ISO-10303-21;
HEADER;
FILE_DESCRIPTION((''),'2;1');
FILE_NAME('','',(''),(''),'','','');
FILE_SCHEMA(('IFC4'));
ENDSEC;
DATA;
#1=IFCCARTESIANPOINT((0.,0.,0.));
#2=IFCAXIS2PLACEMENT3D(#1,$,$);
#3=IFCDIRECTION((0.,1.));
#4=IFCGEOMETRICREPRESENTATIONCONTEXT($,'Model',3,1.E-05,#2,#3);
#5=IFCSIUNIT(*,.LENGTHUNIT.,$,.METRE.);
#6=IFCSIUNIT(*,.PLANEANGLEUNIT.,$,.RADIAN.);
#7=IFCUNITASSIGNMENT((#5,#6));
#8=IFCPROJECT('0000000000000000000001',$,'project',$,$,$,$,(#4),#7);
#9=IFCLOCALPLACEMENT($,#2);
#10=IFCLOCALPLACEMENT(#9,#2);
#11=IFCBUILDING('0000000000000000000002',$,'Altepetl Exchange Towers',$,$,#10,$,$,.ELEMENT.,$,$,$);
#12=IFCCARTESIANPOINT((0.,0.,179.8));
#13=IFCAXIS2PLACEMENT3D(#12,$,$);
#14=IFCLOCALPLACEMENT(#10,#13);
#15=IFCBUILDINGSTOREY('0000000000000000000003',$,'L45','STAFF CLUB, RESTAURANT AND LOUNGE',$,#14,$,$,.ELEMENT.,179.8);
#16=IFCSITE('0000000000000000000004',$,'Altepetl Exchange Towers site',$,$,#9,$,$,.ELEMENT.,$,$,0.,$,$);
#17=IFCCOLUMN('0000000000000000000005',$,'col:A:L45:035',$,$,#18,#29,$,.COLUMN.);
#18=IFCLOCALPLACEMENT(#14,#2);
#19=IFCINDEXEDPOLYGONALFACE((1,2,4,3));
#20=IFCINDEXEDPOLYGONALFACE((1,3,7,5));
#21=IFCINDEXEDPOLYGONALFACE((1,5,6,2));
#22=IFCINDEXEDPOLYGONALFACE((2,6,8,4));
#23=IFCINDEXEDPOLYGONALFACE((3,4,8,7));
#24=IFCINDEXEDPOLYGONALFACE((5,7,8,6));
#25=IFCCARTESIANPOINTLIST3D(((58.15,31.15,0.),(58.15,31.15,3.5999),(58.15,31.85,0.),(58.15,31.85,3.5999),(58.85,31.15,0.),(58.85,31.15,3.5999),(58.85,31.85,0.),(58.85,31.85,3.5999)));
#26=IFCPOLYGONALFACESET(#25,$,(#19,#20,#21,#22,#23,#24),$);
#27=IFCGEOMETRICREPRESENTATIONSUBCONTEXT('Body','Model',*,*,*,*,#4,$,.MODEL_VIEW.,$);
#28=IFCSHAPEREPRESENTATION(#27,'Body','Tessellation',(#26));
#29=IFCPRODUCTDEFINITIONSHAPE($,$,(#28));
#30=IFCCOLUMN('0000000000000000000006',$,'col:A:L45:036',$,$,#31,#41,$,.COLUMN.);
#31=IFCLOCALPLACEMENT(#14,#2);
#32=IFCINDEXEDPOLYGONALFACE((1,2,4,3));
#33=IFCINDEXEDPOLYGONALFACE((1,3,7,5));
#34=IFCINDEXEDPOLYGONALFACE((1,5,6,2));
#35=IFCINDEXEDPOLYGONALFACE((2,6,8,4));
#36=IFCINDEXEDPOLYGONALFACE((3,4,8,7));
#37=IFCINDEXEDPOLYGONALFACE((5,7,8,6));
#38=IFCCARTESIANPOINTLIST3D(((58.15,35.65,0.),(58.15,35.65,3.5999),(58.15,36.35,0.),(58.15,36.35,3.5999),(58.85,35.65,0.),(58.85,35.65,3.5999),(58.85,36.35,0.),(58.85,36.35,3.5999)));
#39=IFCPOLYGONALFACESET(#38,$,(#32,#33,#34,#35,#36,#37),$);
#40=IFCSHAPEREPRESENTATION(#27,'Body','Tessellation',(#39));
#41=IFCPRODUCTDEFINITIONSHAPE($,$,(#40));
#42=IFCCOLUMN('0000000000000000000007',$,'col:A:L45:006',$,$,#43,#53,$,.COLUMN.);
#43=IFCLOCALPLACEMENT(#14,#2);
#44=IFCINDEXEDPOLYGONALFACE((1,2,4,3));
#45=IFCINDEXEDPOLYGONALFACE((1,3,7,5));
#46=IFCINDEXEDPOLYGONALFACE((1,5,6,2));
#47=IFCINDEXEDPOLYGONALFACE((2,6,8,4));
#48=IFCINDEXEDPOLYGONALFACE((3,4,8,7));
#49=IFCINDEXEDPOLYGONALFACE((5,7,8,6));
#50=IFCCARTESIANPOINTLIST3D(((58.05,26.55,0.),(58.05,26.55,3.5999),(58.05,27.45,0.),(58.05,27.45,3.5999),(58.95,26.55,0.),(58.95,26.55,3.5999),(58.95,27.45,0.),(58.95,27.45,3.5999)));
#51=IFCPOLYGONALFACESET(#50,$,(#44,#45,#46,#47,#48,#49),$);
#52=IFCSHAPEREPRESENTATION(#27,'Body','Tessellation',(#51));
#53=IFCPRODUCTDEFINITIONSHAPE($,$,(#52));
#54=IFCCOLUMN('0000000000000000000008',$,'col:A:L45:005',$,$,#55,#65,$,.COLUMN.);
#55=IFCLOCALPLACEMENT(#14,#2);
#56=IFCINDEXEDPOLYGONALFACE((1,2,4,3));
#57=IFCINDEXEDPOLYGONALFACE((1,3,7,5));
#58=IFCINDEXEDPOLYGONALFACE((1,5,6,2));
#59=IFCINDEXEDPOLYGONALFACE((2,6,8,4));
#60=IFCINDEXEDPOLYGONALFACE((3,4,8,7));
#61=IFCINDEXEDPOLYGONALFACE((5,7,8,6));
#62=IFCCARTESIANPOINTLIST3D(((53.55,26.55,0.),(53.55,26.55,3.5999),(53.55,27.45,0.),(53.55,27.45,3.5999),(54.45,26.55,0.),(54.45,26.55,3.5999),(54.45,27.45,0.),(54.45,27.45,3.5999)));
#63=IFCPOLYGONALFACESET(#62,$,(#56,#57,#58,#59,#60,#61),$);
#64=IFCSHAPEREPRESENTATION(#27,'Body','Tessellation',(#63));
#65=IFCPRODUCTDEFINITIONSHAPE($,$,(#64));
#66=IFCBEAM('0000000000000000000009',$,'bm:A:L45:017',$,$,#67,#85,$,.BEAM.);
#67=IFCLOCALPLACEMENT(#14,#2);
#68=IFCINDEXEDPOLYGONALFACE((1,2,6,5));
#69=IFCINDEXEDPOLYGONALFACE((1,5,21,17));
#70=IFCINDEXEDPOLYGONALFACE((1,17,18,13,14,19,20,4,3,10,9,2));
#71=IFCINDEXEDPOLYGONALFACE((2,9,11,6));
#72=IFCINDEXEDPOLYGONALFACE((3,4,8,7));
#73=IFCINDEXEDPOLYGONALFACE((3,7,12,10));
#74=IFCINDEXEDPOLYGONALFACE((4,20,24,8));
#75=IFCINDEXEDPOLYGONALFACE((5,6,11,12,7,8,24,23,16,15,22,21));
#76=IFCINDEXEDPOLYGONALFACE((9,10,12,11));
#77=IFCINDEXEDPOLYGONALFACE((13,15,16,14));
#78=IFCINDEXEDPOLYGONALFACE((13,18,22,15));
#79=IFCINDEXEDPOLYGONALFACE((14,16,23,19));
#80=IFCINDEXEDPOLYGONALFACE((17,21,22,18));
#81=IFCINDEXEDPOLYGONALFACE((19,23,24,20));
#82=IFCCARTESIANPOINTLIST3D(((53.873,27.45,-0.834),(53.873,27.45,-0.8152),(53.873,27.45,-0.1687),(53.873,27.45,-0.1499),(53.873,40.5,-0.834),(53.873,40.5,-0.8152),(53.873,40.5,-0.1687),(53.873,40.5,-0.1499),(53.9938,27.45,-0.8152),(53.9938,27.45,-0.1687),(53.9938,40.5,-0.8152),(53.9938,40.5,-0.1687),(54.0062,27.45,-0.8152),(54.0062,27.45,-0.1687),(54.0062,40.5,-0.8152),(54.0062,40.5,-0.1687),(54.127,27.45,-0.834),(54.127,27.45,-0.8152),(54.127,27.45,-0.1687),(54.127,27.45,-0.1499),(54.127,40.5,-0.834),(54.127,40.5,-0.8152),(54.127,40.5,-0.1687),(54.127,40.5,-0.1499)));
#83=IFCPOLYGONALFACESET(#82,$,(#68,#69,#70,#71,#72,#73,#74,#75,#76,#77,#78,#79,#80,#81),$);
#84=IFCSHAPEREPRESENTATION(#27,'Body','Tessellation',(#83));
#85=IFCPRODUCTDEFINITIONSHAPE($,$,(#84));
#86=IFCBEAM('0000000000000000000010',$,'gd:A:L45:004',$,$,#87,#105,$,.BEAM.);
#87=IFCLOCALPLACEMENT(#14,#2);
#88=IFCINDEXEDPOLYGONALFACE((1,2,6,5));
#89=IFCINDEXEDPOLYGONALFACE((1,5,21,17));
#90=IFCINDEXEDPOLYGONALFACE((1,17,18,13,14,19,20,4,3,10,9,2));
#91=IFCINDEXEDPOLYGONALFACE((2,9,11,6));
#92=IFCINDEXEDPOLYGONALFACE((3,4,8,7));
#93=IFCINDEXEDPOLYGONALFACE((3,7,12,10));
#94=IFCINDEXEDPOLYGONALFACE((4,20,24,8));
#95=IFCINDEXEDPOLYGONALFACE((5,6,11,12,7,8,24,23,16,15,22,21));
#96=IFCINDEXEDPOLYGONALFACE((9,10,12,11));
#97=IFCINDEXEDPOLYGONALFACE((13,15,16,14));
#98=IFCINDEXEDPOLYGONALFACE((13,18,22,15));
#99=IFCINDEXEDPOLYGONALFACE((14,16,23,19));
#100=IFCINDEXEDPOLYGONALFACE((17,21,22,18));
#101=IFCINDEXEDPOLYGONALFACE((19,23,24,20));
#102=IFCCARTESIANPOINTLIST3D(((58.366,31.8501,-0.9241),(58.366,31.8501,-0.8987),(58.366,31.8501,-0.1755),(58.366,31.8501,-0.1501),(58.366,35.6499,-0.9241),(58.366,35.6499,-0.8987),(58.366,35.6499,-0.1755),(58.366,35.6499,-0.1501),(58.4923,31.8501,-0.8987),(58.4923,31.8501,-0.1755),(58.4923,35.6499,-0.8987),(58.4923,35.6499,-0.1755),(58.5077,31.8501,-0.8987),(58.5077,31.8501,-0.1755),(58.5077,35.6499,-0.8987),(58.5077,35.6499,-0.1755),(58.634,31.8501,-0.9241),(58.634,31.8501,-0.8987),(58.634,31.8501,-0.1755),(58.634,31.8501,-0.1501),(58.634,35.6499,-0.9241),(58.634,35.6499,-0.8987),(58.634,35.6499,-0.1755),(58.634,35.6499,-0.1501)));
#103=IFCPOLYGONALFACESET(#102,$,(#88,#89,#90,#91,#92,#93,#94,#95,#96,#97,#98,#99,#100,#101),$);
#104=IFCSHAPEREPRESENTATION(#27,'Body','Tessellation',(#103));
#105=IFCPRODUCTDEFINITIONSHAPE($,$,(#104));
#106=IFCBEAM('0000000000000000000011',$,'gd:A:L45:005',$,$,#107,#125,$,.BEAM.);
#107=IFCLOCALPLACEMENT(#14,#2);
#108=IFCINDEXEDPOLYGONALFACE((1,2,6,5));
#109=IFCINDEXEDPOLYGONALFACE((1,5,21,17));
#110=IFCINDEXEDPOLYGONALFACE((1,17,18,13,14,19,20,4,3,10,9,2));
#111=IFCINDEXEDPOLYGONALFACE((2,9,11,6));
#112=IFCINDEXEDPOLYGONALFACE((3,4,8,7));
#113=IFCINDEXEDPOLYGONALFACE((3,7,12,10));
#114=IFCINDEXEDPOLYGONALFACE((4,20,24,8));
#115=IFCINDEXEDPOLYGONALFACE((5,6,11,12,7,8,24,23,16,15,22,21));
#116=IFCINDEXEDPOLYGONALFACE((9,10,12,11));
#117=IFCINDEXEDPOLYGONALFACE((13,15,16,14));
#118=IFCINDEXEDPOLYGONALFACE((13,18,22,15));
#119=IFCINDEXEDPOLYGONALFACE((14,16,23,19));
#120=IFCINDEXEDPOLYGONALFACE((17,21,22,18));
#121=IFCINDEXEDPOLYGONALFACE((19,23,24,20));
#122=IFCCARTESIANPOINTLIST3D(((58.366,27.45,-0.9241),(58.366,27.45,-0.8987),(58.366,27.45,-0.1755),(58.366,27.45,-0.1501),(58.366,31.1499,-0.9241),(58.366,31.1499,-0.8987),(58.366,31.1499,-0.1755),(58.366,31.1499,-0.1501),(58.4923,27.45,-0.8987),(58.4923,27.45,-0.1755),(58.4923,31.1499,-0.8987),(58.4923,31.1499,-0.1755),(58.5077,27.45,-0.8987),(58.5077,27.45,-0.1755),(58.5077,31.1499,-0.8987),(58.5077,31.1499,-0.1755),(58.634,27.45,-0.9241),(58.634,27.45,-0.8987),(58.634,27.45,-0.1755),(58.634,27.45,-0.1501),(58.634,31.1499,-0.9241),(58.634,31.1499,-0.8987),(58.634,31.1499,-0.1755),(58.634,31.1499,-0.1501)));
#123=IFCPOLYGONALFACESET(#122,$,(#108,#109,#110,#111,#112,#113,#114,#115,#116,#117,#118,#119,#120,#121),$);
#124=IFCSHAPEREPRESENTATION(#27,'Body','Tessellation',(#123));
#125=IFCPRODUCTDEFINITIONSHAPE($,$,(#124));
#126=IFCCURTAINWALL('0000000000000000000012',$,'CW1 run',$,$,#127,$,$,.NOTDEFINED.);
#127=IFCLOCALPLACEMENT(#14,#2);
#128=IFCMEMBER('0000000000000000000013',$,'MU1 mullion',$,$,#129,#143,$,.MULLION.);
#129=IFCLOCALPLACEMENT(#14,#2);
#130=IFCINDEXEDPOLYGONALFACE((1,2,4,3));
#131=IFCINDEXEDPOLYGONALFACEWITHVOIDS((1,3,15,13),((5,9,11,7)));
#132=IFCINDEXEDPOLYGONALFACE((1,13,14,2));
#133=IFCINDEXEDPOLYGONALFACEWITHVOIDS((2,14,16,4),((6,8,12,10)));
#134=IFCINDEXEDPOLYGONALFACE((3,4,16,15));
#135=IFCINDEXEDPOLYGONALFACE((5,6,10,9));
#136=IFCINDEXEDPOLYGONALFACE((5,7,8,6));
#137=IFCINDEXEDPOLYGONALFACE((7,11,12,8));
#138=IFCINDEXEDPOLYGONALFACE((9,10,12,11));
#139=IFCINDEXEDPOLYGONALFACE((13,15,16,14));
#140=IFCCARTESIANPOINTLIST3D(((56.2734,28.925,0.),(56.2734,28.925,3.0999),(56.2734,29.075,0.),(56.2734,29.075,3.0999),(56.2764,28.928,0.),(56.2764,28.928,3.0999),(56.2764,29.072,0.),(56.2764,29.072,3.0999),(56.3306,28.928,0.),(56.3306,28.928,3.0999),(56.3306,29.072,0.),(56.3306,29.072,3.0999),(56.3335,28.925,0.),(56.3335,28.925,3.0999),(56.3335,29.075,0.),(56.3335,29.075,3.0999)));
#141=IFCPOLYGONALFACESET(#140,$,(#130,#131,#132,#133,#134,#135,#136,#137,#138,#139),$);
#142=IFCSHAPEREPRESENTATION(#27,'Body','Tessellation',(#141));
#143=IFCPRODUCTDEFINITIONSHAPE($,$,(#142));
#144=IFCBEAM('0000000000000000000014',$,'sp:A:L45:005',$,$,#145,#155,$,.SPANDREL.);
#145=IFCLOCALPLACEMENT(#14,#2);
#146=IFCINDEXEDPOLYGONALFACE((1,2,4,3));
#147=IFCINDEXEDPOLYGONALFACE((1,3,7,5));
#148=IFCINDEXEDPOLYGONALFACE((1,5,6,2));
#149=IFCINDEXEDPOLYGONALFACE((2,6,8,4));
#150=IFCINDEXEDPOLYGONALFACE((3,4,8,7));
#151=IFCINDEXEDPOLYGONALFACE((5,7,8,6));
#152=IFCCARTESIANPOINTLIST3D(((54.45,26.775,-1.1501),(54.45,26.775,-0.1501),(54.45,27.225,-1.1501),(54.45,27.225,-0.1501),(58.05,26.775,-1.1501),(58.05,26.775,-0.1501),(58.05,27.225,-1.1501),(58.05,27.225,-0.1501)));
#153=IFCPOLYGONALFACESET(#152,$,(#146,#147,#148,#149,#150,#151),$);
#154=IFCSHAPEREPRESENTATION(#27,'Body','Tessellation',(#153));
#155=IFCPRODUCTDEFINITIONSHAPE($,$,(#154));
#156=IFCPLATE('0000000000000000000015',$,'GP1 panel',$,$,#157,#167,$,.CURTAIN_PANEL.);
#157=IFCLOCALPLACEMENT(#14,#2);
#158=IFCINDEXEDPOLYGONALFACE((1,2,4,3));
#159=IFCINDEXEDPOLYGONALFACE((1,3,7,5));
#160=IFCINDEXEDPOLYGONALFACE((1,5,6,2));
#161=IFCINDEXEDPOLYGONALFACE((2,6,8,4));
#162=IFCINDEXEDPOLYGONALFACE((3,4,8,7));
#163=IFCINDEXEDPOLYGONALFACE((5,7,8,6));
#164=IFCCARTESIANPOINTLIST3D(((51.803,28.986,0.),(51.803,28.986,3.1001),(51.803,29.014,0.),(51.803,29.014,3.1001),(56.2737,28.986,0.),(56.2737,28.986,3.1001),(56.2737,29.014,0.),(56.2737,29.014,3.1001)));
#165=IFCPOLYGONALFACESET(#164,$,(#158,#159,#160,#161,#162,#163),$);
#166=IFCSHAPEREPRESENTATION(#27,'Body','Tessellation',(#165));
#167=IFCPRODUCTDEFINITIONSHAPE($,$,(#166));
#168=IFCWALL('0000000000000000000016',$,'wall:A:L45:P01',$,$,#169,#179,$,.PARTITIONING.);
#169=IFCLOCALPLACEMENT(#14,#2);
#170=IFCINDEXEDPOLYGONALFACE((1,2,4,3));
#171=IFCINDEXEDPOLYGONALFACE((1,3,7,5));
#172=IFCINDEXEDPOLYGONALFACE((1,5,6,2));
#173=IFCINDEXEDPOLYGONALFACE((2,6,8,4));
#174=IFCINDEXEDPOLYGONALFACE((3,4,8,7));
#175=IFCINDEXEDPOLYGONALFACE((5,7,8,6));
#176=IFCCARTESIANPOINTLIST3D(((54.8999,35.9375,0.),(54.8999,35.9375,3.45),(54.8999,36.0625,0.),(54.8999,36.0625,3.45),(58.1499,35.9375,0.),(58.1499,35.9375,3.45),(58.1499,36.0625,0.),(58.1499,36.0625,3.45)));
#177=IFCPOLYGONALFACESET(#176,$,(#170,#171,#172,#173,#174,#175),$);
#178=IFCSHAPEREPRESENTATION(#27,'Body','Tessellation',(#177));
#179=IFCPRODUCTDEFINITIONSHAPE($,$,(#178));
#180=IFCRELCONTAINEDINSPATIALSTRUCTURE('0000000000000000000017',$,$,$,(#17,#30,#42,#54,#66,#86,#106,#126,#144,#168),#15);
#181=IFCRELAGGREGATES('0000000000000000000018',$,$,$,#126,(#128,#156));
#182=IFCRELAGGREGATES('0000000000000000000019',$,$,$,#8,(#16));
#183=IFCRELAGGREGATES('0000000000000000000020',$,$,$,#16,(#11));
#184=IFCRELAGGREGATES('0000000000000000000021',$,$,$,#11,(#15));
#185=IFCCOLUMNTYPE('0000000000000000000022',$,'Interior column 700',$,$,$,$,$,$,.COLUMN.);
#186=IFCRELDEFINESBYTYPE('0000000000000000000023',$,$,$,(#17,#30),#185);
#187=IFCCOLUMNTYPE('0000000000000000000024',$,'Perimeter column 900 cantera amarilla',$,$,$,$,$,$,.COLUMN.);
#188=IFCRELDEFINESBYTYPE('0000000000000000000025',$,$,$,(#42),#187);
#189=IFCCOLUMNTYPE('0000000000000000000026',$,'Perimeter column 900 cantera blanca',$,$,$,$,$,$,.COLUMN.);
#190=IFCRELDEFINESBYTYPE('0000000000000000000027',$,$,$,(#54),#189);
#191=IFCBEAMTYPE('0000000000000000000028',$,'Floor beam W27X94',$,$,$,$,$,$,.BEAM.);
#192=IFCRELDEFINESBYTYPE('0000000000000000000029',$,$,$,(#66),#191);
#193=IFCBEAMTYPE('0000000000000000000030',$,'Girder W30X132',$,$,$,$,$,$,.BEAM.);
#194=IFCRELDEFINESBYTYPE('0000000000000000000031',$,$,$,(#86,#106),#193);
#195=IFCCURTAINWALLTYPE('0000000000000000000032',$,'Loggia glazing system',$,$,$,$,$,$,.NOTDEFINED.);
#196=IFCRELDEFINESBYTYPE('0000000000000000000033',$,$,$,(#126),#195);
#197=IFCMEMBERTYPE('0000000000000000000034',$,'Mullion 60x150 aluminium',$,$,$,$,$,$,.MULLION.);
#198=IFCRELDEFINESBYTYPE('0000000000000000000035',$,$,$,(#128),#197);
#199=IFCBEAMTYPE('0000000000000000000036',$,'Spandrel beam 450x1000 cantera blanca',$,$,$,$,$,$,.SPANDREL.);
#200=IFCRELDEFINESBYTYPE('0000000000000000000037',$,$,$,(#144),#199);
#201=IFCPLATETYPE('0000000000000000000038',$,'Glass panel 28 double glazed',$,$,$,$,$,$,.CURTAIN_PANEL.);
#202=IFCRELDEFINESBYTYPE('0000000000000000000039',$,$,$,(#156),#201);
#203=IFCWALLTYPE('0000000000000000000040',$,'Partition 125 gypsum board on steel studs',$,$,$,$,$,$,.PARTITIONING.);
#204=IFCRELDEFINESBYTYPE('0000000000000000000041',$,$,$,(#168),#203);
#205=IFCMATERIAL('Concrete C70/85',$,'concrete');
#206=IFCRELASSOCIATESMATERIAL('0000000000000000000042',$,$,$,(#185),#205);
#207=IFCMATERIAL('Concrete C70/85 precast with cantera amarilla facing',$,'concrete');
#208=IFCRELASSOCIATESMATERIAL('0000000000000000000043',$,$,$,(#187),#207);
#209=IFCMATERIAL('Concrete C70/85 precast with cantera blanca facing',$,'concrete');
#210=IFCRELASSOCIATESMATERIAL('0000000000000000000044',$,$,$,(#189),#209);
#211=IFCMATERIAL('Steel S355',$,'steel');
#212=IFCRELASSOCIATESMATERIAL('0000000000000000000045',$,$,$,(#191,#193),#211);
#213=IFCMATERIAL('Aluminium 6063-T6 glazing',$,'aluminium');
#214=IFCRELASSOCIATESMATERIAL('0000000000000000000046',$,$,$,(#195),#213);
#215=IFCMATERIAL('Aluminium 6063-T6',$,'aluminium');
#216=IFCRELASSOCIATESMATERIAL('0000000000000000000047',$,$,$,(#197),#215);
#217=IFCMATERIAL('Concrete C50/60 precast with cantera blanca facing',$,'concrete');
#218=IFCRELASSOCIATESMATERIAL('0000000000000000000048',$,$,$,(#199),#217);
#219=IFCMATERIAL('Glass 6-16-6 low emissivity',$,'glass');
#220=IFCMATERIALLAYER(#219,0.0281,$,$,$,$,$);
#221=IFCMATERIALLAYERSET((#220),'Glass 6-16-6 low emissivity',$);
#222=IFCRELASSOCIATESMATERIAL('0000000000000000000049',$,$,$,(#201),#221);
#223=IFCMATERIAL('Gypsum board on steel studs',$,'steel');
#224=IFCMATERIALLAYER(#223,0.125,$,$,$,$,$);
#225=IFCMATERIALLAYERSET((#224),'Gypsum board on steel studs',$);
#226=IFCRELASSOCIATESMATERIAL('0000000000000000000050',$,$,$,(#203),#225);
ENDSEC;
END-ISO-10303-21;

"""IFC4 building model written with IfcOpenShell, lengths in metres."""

from ifc_helpers import new_model, si_unit, direction, frame, frame_2d, origin, origin_2d, place, context, subcontext, project, spatial, rectangle, hollow_rectangle, i_section, extrude, material, layer, layer_set, material_profile, profile_set, type_object, element, aggregate, save


model = new_model("IFC4")

# Units and contexts
model_context = context("Model", 3, precision=1e-05, world=origin(), true_north=direction((0.0, 1.0)))
body_context = subcontext(model_context, "Body", "Model", "MODEL_VIEW")
ifc_project = project(units=[si_unit("LENGTHUNIT", "METRE"), si_unit("PLANEANGLEUNIT", "RADIAN")], contexts=[model_context])

# Site, building, storey
site_placement = place(None, origin())
site = spatial("IfcSite", under=ifc_project, at=site_placement, Name="Altepetl Exchange Towers site", CompositionType="ELEMENT", RefElevation=0.0)
building_placement = place(site_placement, origin())
building = spatial("IfcBuilding", under=site, at=building_placement, Name="Altepetl Exchange Towers", CompositionType="ELEMENT")
storey_placement = place(building_placement, frame((0.0, 0.0, 179.8)))
storey = spatial("IfcBuildingStorey", under=building, at=storey_placement, Name="L45", Description="STAFF CLUB, RESTAURANT AND LOUNGE", CompositionType="ELEMENT", Elevation=179.8)

# Columns
ifc_material_1 = material(Name="Concrete C70/85", Category="concrete")
ifc_material_profile_1 = material_profile(ifc_material_1, rectangle(XDim=0.7, YDim=0.7, at=origin_2d()), Name="700 x 700")
ifc_profile_set_1 = profile_set([ifc_material_profile_1], Name="Concrete C70/85")
column_type_1 = type_object("IfcColumnType", Name="Interior column 700", PredefinedType="COLUMN", material=ifc_profile_set_1)
for number, where, name in (
    (1, (58.5, 31.5, 0.0), "col:A:L45:035"),
    (2, (58.5, 36.0, 0.0), "col:A:L45:036"),
):
    element("IfcColumn", number, at=place(storey_placement, frame(where)), inside=storey, type_object=column_type_1, Name=name, PredefinedType="COLUMN", context=body_context, shape_type="SweptSolid", body=[
        extrude(rectangle(XDim=0.7, YDim=0.7, at=origin_2d()), origin(), (0.0, 0.0, 1.0), 3.5999),
    ])
ifc_material_2 = material(Name="Concrete C70/85 precast with cantera amarilla facing", Category="concrete")
ifc_material_profile_2 = material_profile(ifc_material_2, rectangle(XDim=0.8999, YDim=0.8999, at=origin_2d()), Name="900 x 900")
ifc_profile_set_2 = profile_set([ifc_material_profile_2], Name="Concrete C70/85 precast with cantera amarilla facing")
column_type_2 = type_object("IfcColumnType", Name="Perimeter column 900 cantera amarilla", PredefinedType="COLUMN", material=ifc_profile_set_2)
column_1_placement = place(storey_placement, frame((58.5, 27.0, 0.0)))
element("IfcColumn", 3, at=column_1_placement, inside=storey, type_object=column_type_2, Name="col:A:L45:006", PredefinedType="COLUMN", context=body_context, shape_type="SweptSolid", body=[
    extrude(rectangle(XDim=0.8999, YDim=0.8999, at=origin_2d()), origin(), (0.0, 0.0, 1.0), 3.5999),
])
ifc_material_3 = material(Name="Concrete C70/85 precast with cantera blanca facing", Category="concrete")
ifc_material_profile_3 = material_profile(ifc_material_3, rectangle(XDim=0.8999, YDim=0.8999, at=origin_2d()), Name="900 x 900")
ifc_profile_set_3 = profile_set([ifc_material_profile_3], Name="Concrete C70/85 precast with cantera blanca facing")
column_type_3 = type_object("IfcColumnType", Name="Perimeter column 900 cantera blanca", PredefinedType="COLUMN", material=ifc_profile_set_3)
column_2_placement = place(storey_placement, frame((54.0, 27.0, 0.0)))
element("IfcColumn", 4, at=column_2_placement, inside=storey, type_object=column_type_3, Name="col:A:L45:005", PredefinedType="COLUMN", context=body_context, shape_type="SweptSolid", body=[
    extrude(rectangle(XDim=0.8999, YDim=0.8999, at=origin_2d()), origin(), (0.0, 0.0, 1.0), 3.5999),
])

# Beams
ifc_material_4 = material(Name="Steel S355", Category="steel")
ifc_material_profile_4 = material_profile(ifc_material_4, i_section(OverallWidth=0.2539, OverallDepth=0.6841, WebThickness=0.0125, FlangeThickness=0.0188, at=origin_2d()), Name="W27X94")
ifc_profile_set_4 = profile_set([ifc_material_profile_4], Name="Steel S355")
beam_type_1 = type_object("IfcBeamType", Name="Floor beam W27X94", PredefinedType="BEAM", material=ifc_profile_set_4)
beam_1_placement = place(storey_placement, frame((54.0, 27.45, -0.4919), z_axis=(0.0, 1.0, 0.0), x_axis=(-1.0, 0.0, 0.0)))
element("IfcBeam", 5, at=beam_1_placement, inside=storey, type_object=beam_type_1, Name="bm:A:L45:017", PredefinedType="BEAM", context=body_context, shape_type="SweptSolid", body=[
    extrude(i_section(OverallWidth=0.2539, OverallDepth=0.6841, WebThickness=0.0125, FlangeThickness=0.0188, at=origin_2d()), origin(), (0.0, 0.0, 1.0), 13.05),
])
ifc_material_profile_5 = material_profile(ifc_material_4, i_section(OverallWidth=0.2681, OverallDepth=0.7739, WebThickness=0.0154, FlangeThickness=0.0254, at=origin_2d()), Name="W30X132")
ifc_profile_set_5 = profile_set([ifc_material_profile_5], Name="Steel S355")
beam_type_2 = type_object("IfcBeamType", Name="Girder W30X132", PredefinedType="BEAM", material=ifc_profile_set_5)
beam_2_placement = place(storey_placement, frame((58.5, 35.6499, -0.5371), z_axis=(0.0, -1.0, 0.0), x_axis=(1.0, 0.0, 0.0)))
element("IfcBeam", 6, at=beam_2_placement, inside=storey, type_object=beam_type_2, Name="gd:A:L45:004", PredefinedType="BEAM", context=body_context, shape_type="SweptSolid", body=[
    extrude(i_section(OverallWidth=0.2681, OverallDepth=0.7739, WebThickness=0.0154, FlangeThickness=0.0254, at=origin_2d()), origin(), (0.0, 0.0, 1.0), 3.7998),
])
beam_3_placement = place(storey_placement, frame((58.5, 31.1499, -0.5371), z_axis=(0.0, -1.0, 0.0), x_axis=(1.0, 0.0, 0.0)))
element("IfcBeam", 7, at=beam_3_placement, inside=storey, type_object=beam_type_2, Name="gd:A:L45:005", PredefinedType="BEAM", context=body_context, shape_type="SweptSolid", body=[
    extrude(i_section(OverallWidth=0.2681, OverallDepth=0.7739, WebThickness=0.0154, FlangeThickness=0.0254, at=origin_2d()), origin(), (0.0, 0.0, 1.0), 3.7),
])

# Curtain wall, member
ifc_material_5 = material(Name="Aluminium 6063-T6 glazing", Category="aluminium")
curtain_wall_type = type_object("IfcCurtainWallType", Name="Loggia glazing system", PredefinedType="NOTDEFINED", material=ifc_material_5)
curtain_wall_placement = place(storey_placement, origin())
curtain_wall = element("IfcCurtainWall", 8, at=curtain_wall_placement, inside=storey, type_object=curtain_wall_type, Name="CW1 run", PredefinedType="NOTDEFINED")
ifc_material_6 = material(Name="Aluminium 6063-T6", Category="aluminium")
ifc_material_profile_6 = material_profile(ifc_material_6, hollow_rectangle(XDim=0.0601, YDim=0.1499, WallThickness=0.0029, at=origin_2d()), Name="Mullion 60x150 aluminium")
ifc_profile_set_6 = profile_set([ifc_material_profile_6], Name="Aluminium 6063-T6")
member_type = type_object("IfcMemberType", Name="Mullion 60x150 aluminium", PredefinedType="MULLION", material=ifc_profile_set_6)
member_placement = place(storey_placement, frame((56.3035, 29.0, 0.0)))
member = element("IfcMember", 9, at=member_placement, type_object=member_type, Name="MU1 mullion", PredefinedType="MULLION", context=body_context, shape_type="SweptSolid", body=[
    extrude(hollow_rectangle(XDim=0.0601, YDim=0.1499, WallThickness=0.0029, at=origin_2d()), origin(), (0.0, 0.0, 1.0), 3.0999),
])

# Beam
ifc_material_7 = material(Name="Concrete C50/60 precast with cantera blanca facing", Category="concrete")
ifc_material_profile_7 = material_profile(ifc_material_7, rectangle(XDim=0.45, YDim=1.0, at=origin_2d()), Name="450 x 1000")
ifc_profile_set_7 = profile_set([ifc_material_profile_7], Name="Concrete C50/60 precast with cantera blanca facing")
beam_type_3 = type_object("IfcBeamType", Name="Spandrel beam 450x1000 cantera blanca", PredefinedType="SPANDREL", material=ifc_profile_set_7)
beam_4_placement = place(storey_placement, frame((54.45, 27.0, -0.6501), z_axis=(1.0, 0.0, 0.0), x_axis=(0.0, 1.0, 0.0)))
element("IfcBeam", 10, at=beam_4_placement, inside=storey, type_object=beam_type_3, Name="sp:A:L45:005", PredefinedType="SPANDREL", context=body_context, shape_type="SweptSolid", body=[
    extrude(rectangle(XDim=0.45, YDim=1.0, at=origin_2d()), origin(), (0.0, 0.0, 1.0), 3.6001),
])

# Plate
ifc_material_8 = material(Name="Glass 6-16-6 low emissivity", Category="glass")
ifc_layer_1 = layer(ifc_material_8, 0.0281)
ifc_layer_set_1 = layer_set([ifc_layer_1], Name="Glass 6-16-6 low emissivity")
plate_type = type_object("IfcPlateType", Name="Glass panel 28 double glazed", PredefinedType="CURTAIN_PANEL", material=ifc_layer_set_1)
plate_placement = place(storey_placement, frame((54.0383, 29.0, 0.0)))
plate = element("IfcPlate", 11, at=plate_placement, type_object=plate_type, Name="GP1 panel", PredefinedType="CURTAIN_PANEL", context=body_context, shape_type="SweptSolid", body=[
    extrude(rectangle(XDim=4.4707, YDim=0.0281, at=origin_2d()), origin(), (0.0, 0.0, 1.0), 3.1001),
])
aggregate(curtain_wall, [member, plate])

# Wall
ifc_material_9 = material(Name="Gypsum board on steel studs", Category="steel")
ifc_layer_2 = layer(ifc_material_9, 0.125)
ifc_layer_set_2 = layer_set([ifc_layer_2], Name="Gypsum board on steel studs")
wall_type = type_object("IfcWallType", Name="Partition 125 gypsum board on steel studs", PredefinedType="PARTITIONING", material=ifc_layer_set_2)
wall_1_placement = place(storey_placement, frame((54.8999, 36.0, 0.0)))
element("IfcWall", 12, at=wall_1_placement, inside=storey, type_object=wall_type, Name="wall:A:L45:P01", PredefinedType="PARTITIONING", context=body_context, shape_type="SweptSolid", body=[
    extrude(rectangle(XDim=3.25, YDim=0.125, at=frame_2d((1.625, 0.0))), origin(), (0.0, 0.0, 1.0), 3.45),
])

save(model, "model.ifc")
